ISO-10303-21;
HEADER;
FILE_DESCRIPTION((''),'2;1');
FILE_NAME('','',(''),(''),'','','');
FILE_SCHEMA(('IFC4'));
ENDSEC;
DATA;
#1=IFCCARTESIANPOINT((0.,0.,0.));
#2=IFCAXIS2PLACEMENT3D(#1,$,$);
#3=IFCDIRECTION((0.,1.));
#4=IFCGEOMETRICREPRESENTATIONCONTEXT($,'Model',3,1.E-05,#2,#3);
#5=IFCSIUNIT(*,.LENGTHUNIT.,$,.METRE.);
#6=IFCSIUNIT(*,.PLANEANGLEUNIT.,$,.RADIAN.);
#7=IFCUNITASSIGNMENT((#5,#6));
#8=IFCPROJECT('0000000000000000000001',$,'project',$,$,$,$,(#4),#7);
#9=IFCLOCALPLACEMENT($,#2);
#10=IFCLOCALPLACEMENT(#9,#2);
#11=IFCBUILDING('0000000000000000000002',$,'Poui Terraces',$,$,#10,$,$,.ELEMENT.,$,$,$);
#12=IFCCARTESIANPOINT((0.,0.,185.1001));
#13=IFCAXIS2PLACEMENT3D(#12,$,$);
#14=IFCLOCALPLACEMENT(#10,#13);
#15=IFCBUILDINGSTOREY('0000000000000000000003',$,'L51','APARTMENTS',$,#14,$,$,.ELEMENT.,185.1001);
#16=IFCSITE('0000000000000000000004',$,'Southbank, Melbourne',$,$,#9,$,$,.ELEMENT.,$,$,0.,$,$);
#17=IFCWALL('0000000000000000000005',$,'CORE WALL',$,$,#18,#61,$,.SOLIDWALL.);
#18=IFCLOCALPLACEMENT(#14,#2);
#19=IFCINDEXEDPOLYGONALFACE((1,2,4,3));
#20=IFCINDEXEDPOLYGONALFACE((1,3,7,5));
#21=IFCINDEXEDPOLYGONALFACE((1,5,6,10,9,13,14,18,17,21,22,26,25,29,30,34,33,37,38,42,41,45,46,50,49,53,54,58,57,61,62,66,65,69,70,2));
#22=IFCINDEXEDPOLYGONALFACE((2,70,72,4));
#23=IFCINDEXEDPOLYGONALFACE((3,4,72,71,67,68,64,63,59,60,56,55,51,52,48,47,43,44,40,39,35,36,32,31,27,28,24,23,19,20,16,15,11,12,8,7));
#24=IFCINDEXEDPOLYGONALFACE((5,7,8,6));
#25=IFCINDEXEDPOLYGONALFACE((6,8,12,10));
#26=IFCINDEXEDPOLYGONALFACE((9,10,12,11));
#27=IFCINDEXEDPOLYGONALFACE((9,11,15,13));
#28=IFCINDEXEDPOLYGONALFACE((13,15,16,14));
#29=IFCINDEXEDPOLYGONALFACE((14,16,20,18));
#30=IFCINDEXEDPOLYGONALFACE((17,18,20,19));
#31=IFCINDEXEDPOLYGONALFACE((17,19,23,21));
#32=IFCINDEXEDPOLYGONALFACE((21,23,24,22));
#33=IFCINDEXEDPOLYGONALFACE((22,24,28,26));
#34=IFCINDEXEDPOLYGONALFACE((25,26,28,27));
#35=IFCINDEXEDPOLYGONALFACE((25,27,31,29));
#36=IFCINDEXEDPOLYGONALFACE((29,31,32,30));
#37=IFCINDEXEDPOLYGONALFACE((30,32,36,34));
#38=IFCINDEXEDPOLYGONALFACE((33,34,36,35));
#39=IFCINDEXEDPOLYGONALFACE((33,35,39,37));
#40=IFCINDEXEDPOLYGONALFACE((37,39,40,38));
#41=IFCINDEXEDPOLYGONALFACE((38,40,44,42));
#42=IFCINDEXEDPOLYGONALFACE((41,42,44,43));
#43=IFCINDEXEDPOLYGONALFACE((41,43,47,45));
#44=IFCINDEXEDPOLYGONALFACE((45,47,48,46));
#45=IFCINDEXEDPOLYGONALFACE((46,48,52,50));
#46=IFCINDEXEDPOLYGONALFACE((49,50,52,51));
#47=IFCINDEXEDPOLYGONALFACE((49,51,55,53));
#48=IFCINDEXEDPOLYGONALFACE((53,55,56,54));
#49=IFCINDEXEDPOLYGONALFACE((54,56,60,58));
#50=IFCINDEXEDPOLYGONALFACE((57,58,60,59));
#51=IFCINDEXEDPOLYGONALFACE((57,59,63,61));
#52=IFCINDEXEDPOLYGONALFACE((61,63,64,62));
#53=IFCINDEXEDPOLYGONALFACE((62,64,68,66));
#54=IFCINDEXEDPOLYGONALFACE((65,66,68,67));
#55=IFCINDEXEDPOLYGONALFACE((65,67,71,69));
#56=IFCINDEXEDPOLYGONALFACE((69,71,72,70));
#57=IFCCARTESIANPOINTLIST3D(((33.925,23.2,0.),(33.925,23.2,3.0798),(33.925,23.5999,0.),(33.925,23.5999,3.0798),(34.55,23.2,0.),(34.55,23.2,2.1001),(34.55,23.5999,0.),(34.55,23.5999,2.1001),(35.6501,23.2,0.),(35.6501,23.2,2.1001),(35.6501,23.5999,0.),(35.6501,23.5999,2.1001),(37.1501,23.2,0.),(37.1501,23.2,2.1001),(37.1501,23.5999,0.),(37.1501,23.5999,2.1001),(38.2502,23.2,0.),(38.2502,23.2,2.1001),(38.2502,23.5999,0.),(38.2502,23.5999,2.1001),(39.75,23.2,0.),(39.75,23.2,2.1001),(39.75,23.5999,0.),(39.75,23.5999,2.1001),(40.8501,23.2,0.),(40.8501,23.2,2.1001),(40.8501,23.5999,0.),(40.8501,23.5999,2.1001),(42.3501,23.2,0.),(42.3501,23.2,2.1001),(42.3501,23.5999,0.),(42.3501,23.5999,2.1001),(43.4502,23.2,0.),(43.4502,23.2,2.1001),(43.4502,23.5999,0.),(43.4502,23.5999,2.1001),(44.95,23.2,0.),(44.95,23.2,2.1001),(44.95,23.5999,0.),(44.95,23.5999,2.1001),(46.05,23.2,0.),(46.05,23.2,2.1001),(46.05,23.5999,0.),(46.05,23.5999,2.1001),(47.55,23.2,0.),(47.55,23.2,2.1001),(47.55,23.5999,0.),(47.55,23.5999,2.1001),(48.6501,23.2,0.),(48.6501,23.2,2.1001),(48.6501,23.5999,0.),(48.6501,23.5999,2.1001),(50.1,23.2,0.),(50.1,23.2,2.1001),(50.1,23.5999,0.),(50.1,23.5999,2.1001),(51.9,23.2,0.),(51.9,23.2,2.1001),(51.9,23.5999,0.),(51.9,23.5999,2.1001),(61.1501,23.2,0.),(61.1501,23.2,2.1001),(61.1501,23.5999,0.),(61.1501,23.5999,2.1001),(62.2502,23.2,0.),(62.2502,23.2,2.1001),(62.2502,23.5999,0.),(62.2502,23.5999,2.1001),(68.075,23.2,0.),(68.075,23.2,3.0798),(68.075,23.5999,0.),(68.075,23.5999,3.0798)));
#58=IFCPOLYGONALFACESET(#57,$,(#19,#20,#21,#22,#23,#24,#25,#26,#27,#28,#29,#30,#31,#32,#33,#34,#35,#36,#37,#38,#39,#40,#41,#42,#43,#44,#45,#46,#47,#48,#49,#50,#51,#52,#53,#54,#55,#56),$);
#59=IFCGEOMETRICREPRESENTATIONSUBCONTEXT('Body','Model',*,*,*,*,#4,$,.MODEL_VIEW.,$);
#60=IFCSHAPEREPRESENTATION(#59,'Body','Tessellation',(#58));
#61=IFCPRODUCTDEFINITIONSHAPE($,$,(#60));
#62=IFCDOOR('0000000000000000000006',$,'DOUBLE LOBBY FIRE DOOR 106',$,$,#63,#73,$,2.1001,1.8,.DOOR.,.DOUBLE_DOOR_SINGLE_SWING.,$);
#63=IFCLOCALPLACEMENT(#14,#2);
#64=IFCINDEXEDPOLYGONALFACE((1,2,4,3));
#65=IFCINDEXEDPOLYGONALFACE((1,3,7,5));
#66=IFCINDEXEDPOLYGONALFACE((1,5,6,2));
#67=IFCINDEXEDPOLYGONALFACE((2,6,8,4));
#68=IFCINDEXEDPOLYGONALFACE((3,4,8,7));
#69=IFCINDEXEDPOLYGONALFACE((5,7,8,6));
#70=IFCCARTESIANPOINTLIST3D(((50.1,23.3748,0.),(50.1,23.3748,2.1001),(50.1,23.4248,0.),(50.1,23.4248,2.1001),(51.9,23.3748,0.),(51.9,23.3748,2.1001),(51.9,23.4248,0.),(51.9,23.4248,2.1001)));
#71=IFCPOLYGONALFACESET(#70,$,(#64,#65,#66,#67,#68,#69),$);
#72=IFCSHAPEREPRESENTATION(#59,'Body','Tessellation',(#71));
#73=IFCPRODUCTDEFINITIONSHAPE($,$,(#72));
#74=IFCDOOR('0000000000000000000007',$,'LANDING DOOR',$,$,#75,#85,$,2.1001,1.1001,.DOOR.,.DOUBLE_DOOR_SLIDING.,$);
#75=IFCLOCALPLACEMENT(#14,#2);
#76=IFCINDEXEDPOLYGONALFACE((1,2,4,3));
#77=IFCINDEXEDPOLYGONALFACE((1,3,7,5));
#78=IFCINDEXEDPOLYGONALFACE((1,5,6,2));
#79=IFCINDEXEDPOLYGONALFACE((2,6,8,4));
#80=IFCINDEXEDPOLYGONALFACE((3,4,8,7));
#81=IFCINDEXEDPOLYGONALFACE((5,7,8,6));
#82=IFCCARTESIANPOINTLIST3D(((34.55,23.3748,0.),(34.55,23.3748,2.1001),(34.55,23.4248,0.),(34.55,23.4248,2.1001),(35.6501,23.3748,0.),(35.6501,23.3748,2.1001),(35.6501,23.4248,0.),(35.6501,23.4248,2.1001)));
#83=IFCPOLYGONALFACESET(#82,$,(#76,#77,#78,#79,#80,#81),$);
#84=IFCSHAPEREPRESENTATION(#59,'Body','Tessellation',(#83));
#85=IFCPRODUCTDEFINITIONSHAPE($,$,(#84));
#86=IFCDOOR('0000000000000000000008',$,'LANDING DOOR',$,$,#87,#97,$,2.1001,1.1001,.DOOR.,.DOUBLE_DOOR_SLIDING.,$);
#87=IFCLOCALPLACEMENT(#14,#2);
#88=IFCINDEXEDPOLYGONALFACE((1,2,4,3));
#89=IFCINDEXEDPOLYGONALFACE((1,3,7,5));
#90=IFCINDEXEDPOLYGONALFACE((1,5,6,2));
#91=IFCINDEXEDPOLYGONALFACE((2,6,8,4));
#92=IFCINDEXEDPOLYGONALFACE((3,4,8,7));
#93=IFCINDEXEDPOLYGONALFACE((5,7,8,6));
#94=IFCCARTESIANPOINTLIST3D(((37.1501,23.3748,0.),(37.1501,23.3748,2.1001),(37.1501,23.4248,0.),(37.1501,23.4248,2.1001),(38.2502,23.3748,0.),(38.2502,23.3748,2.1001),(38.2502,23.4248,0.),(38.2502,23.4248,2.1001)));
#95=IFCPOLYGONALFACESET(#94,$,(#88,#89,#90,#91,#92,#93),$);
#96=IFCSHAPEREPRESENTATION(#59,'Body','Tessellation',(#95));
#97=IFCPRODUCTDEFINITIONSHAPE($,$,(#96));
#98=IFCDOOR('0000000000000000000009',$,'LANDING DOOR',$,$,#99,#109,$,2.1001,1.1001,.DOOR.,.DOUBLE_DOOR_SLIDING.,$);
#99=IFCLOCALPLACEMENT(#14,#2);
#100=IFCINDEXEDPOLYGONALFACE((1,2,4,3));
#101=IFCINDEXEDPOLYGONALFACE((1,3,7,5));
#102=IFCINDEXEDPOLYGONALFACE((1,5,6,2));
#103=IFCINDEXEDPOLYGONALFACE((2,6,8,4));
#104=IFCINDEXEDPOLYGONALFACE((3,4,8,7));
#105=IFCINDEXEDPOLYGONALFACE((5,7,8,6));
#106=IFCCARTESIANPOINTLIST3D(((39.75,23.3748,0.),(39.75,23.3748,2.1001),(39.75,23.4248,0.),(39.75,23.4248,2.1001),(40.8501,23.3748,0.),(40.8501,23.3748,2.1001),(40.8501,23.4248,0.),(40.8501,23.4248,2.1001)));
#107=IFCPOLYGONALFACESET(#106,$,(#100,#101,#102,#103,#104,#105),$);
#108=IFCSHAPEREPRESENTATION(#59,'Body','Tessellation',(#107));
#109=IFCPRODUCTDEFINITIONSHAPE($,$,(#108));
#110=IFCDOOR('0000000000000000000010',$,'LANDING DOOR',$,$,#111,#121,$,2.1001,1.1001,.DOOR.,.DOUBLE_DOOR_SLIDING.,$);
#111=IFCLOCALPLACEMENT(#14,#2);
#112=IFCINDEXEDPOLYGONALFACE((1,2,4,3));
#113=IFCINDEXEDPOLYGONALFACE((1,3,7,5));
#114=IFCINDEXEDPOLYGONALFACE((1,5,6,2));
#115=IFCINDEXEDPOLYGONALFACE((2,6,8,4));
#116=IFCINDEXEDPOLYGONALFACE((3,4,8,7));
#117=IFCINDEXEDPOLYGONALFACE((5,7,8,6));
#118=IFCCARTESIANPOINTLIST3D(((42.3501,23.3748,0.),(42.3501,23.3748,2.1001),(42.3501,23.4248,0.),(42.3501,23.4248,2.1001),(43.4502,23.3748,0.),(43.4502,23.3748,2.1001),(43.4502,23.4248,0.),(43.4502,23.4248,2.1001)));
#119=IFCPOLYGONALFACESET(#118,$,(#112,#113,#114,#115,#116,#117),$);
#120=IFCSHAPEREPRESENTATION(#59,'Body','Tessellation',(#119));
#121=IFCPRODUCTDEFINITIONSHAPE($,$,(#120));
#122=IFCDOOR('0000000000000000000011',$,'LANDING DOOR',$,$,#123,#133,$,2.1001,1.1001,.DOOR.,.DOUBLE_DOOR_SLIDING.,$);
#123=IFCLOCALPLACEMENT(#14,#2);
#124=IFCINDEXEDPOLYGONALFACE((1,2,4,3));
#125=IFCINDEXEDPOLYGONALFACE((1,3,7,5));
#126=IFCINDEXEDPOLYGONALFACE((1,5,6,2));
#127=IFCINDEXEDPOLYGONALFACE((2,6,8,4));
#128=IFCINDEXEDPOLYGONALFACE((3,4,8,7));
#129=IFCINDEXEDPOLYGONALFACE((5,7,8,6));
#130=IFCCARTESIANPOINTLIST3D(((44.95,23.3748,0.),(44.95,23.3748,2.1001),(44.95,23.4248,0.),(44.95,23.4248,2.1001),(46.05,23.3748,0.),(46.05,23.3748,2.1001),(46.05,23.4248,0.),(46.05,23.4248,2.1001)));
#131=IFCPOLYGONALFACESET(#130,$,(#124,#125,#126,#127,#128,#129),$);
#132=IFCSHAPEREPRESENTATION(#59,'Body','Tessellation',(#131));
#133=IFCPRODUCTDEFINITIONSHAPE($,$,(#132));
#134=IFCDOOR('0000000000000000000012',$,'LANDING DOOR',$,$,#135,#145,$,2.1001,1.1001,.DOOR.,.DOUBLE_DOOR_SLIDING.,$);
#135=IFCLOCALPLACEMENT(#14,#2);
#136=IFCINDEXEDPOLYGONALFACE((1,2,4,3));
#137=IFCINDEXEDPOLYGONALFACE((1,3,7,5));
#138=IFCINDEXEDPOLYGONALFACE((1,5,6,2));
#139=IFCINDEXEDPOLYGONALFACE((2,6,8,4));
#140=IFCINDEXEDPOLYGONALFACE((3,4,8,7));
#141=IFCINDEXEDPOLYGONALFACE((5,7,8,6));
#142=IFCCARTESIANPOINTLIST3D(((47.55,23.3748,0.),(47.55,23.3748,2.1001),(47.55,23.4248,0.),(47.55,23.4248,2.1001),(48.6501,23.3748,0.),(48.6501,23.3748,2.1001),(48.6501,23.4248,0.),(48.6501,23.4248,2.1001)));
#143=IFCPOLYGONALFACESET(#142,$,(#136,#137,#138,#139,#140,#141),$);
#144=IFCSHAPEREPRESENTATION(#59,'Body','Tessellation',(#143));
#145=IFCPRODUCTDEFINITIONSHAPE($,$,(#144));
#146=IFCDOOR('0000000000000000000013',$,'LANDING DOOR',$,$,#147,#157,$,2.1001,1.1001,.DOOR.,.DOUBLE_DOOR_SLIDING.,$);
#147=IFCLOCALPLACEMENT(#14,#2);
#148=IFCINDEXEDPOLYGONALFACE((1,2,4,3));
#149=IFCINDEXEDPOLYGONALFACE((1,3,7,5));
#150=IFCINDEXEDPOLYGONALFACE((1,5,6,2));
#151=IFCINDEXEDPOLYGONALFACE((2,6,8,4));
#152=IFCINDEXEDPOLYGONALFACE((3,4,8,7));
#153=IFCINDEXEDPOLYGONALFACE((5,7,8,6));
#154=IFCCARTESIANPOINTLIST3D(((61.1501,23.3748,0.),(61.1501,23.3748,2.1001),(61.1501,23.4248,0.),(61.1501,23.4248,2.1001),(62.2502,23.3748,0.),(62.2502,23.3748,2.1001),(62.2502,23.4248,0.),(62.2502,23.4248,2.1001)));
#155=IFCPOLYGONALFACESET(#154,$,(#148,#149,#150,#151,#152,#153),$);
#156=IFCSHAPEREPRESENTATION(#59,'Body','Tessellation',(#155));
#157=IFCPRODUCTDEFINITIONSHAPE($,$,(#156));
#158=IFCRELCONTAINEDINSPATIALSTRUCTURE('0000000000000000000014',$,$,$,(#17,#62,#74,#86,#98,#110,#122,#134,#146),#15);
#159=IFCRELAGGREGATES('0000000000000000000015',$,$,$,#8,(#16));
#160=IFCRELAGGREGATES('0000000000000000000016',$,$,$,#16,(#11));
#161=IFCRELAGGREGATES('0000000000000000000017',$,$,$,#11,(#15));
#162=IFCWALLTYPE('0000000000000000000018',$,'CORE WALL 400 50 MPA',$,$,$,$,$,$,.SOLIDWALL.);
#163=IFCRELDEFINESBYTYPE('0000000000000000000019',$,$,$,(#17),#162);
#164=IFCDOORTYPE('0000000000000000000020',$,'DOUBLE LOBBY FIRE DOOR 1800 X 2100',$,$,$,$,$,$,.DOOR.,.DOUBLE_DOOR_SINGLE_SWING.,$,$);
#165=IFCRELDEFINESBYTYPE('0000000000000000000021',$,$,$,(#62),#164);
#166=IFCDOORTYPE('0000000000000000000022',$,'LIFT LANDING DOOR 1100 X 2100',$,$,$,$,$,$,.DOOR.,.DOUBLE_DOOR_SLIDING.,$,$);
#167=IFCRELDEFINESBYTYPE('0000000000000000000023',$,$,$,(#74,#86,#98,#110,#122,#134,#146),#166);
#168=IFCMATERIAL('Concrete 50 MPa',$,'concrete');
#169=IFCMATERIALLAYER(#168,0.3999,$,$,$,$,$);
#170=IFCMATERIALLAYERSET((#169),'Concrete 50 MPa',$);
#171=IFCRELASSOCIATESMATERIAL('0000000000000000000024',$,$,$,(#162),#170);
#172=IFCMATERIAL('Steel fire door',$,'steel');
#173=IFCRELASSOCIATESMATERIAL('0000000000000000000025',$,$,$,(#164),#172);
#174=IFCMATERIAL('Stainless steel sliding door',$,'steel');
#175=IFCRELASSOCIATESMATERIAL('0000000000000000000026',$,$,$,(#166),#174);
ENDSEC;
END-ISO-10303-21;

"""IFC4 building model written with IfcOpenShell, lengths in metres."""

from ifc_helpers import new_model, si_unit, direction, frame, frame_2d, origin, place, context, subcontext, project, spatial, rectangle, extrude, material, layer, layer_set, type_object, element, fill, save


model = new_model("IFC4")

# Units and contexts
model_context = context("Model", 3, precision=1e-05, world=origin(), true_north=direction((0.0, 1.0)))
body_context = subcontext(model_context, "Body", "Model", "MODEL_VIEW")
ifc_project = project(units=[si_unit("LENGTHUNIT", "METRE"), si_unit("PLANEANGLEUNIT", "RADIAN")], contexts=[model_context])

# Site, building, storey
site_placement = place(None, origin())
site = spatial("IfcSite", under=ifc_project, at=site_placement, Name="Southbank, Melbourne", CompositionType="ELEMENT", RefElevation=0.0)
building_placement = place(site_placement, origin())
building = spatial("IfcBuilding", under=site, at=building_placement, Name="Poui Terraces", CompositionType="ELEMENT")
storey_placement = place(building_placement, frame((0.0, 0.0, 185.1001)))
storey = spatial("IfcBuildingStorey", under=building, at=storey_placement, Name="L51", Description="APARTMENTS", CompositionType="ELEMENT", Elevation=185.1001)

# Shared definitions
ifc_material_1 = material(Name="Concrete 50 MPa", Category="concrete")

# Wall, openings, doors
ifc_layer_1 = layer(ifc_material_1, 0.3999)
ifc_layer_set_1 = layer_set([ifc_layer_1], Name="Concrete 50 MPa")
wall_type_1 = type_object("IfcWallType", Name="CORE WALL 400 50 MPA", PredefinedType="SOLIDWALL", material=ifc_layer_set_1)
ifc_material_2 = material(Name="Steel fire door", Category="steel")
door_type_1 = type_object("IfcDoorType", Name="DOUBLE LOBBY FIRE DOOR 1800 X 2100", OperationType="DOUBLE_DOOR_SINGLE_SWING", PredefinedType="DOOR", material=ifc_material_2)
wall_1_placement = place(storey_placement, frame((33.925, 23.3999, 0.0), z_axis=(0.0, 0.0, 1.0), x_axis=(1.0, 0.0, 0.0)))
wall_1 = element("IfcWall", 1, at=wall_1_placement, inside=storey, type_object=wall_type_1, Name="CORE WALL", PredefinedType="SOLIDWALL", context=body_context, shape_type="SweptSolid", body=[
    extrude(rectangle(XDim=34.1499, YDim=0.3999, at=frame_2d((17.075, 0.0))), origin(), (0.0, 0.0, 1.0), 3.0798),
])
opening_1_placement = place(wall_1_placement, frame((16.175, 0.0, 0.0)))
opening_1 = element("IfcOpeningElement", 2, at=opening_1_placement, cuts=wall_1, PredefinedType="OPENING", context=body_context, shape_type="SweptSolid", body=[
    extrude(rectangle(XDim=1.8, YDim=2.1001, at=frame_2d((0.8999, 1.05))), frame((0.0, 0.21, 0.0), z_axis=(0.0, -1.0, 0.0), x_axis=(1.0, 0.0, 0.0)), (0.0, 0.0, 1.0), 0.4199),
])
opening_2_placement = place(wall_1_placement, frame((0.625, 0.0, 0.0)))
opening_2 = element("IfcOpeningElement", 3, at=opening_2_placement, cuts=wall_1, PredefinedType="OPENING", context=body_context, shape_type="SweptSolid", body=[
    extrude(rectangle(XDim=1.1001, YDim=2.1001, at=frame_2d((0.55, 1.05))), frame((0.0, 0.21, 0.0), z_axis=(0.0, -1.0, 0.0), x_axis=(1.0, 0.0, 0.0)), (0.0, 0.0, 1.0), 0.4199),
])
opening_3_placement = place(wall_1_placement, frame((3.2251, 0.0, 0.0)))
opening_3 = element("IfcOpeningElement", 4, at=opening_3_placement, cuts=wall_1, PredefinedType="OPENING", context=body_context, shape_type="SweptSolid", body=[
    extrude(rectangle(XDim=1.1001, YDim=2.1001, at=frame_2d((0.55, 1.05))), frame((0.0, 0.21, 0.0), z_axis=(0.0, -1.0, 0.0), x_axis=(1.0, 0.0, 0.0)), (0.0, 0.0, 1.0), 0.4199),
])
opening_4_placement = place(wall_1_placement, frame((5.825, 0.0, 0.0)))
opening_4 = element("IfcOpeningElement", 5, at=opening_4_placement, cuts=wall_1, PredefinedType="OPENING", context=body_context, shape_type="SweptSolid", body=[
    extrude(rectangle(XDim=1.1001, YDim=2.1001, at=frame_2d((0.55, 1.05))), frame((0.0, 0.21, 0.0), z_axis=(0.0, -1.0, 0.0), x_axis=(1.0, 0.0, 0.0)), (0.0, 0.0, 1.0), 0.4199),
])
opening_5_placement = place(wall_1_placement, frame((8.425, 0.0, 0.0)))
opening_5 = element("IfcOpeningElement", 6, at=opening_5_placement, cuts=wall_1, PredefinedType="OPENING", context=body_context, shape_type="SweptSolid", body=[
    extrude(rectangle(XDim=1.1001, YDim=2.1001, at=frame_2d((0.55, 1.05))), frame((0.0, 0.21, 0.0), z_axis=(0.0, -1.0, 0.0), x_axis=(1.0, 0.0, 0.0)), (0.0, 0.0, 1.0), 0.4199),
])
opening_6_placement = place(wall_1_placement, frame((11.0249, 0.0, 0.0)))
opening_6 = element("IfcOpeningElement", 7, at=opening_6_placement, cuts=wall_1, PredefinedType="OPENING", context=body_context, shape_type="SweptSolid", body=[
    extrude(rectangle(XDim=1.1001, YDim=2.1001, at=frame_2d((0.55, 1.05))), frame((0.0, 0.21, 0.0), z_axis=(0.0, -1.0, 0.0), x_axis=(1.0, 0.0, 0.0)), (0.0, 0.0, 1.0), 0.4199),
])
opening_7_placement = place(wall_1_placement, frame((13.625, 0.0, 0.0)))
opening_7 = element("IfcOpeningElement", 8, at=opening_7_placement, cuts=wall_1, PredefinedType="OPENING", context=body_context, shape_type="SweptSolid", body=[
    extrude(rectangle(XDim=1.1001, YDim=2.1001, at=frame_2d((0.55, 1.05))), frame((0.0, 0.21, 0.0), z_axis=(0.0, -1.0, 0.0), x_axis=(1.0, 0.0, 0.0)), (0.0, 0.0, 1.0), 0.4199),
])
opening_8_placement = place(wall_1_placement, frame((27.2251, 0.0, 0.0)))
opening_8 = element("IfcOpeningElement", 9, at=opening_8_placement, cuts=wall_1, PredefinedType="OPENING", context=body_context, shape_type="SweptSolid", body=[
    extrude(rectangle(XDim=1.1001, YDim=2.1001, at=frame_2d((0.55, 1.05))), frame((0.0, 0.21, 0.0), z_axis=(0.0, -1.0, 0.0), x_axis=(1.0, 0.0, 0.0)), (0.0, 0.0, 1.0), 0.4199),
])
door_1_placement = place(opening_1_placement, origin())
door_1 = element("IfcDoor", 10, at=door_1_placement, inside=storey, type_object=door_type_1, Name="DOUBLE LOBBY FIRE DOOR 106", OperationType="DOUBLE_DOOR_SINGLE_SWING", OverallHeight=2.1001, OverallWidth=1.8, PredefinedType="DOOR", context=body_context, shape_type="SweptSolid", body=[
    extrude(rectangle(XDim=1.8, YDim=2.1001, at=frame_2d((0.8999, 1.05))), frame((0.0, 0.0249, 0.0), z_axis=(0.0, -1.0, 0.0), x_axis=(1.0, 0.0, 0.0)), (0.0, 0.0, 1.0), 0.05),
])
fill(opening_1, door_1)
ifc_material_3 = material(Name="Stainless steel sliding door", Category="steel")
door_type_2 = type_object("IfcDoorType", Name="LIFT LANDING DOOR 1100 X 2100", OperationType="DOUBLE_DOOR_SLIDING", PredefinedType="DOOR", material=ifc_material_3)
door_2_placement = place(opening_2_placement, origin())
door_2 = element("IfcDoor", 11, at=door_2_placement, inside=storey, type_object=door_type_2, Name="LANDING DOOR", OperationType="DOUBLE_DOOR_SLIDING", OverallHeight=2.1001, OverallWidth=1.1001, PredefinedType="DOOR", context=body_context, shape_type="SweptSolid", body=[
    extrude(rectangle(XDim=1.1001, YDim=2.1001, at=frame_2d((0.55, 1.05))), frame((0.0, 0.0249, 0.0), z_axis=(0.0, -1.0, 0.0), x_axis=(1.0, 0.0, 0.0)), (0.0, 0.0, 1.0), 0.05),
])
fill(opening_2, door_2)
door_3_placement = place(opening_3_placement, origin())
door_3 = element("IfcDoor", 12, at=door_3_placement, inside=storey, type_object=door_type_2, Name="LANDING DOOR", OperationType="DOUBLE_DOOR_SLIDING", OverallHeight=2.1001, OverallWidth=1.1001, PredefinedType="DOOR", context=body_context, shape_type="SweptSolid", body=[
    extrude(rectangle(XDim=1.1001, YDim=2.1001, at=frame_2d((0.55, 1.05))), frame((0.0, 0.0249, 0.0), z_axis=(0.0, -1.0, 0.0), x_axis=(1.0, 0.0, 0.0)), (0.0, 0.0, 1.0), 0.05),
])
fill(opening_3, door_3)
door_4_placement = place(opening_4_placement, origin())
door_4 = element("IfcDoor", 13, at=door_4_placement, inside=storey, type_object=door_type_2, Name="LANDING DOOR", OperationType="DOUBLE_DOOR_SLIDING", OverallHeight=2.1001, OverallWidth=1.1001, PredefinedType="DOOR", context=body_context, shape_type="SweptSolid", body=[
    extrude(rectangle(XDim=1.1001, YDim=2.1001, at=frame_2d((0.55, 1.05))), frame((0.0, 0.0249, 0.0), z_axis=(0.0, -1.0, 0.0), x_axis=(1.0, 0.0, 0.0)), (0.0, 0.0, 1.0), 0.05),
])
fill(opening_4, door_4)
door_5_placement = place(opening_5_placement, origin())
door_5 = element("IfcDoor", 14, at=door_5_placement, inside=storey, type_object=door_type_2, Name="LANDING DOOR", OperationType="DOUBLE_DOOR_SLIDING", OverallHeight=2.1001, OverallWidth=1.1001, PredefinedType="DOOR", context=body_context, shape_type="SweptSolid", body=[
    extrude(rectangle(XDim=1.1001, YDim=2.1001, at=frame_2d((0.55, 1.05))), frame((0.0, 0.0249, 0.0), z_axis=(0.0, -1.0, 0.0), x_axis=(1.0, 0.0, 0.0)), (0.0, 0.0, 1.0), 0.05),
])
fill(opening_5, door_5)
door_6_placement = place(opening_6_placement, origin())
door_6 = element("IfcDoor", 15, at=door_6_placement, inside=storey, type_object=door_type_2, Name="LANDING DOOR", OperationType="DOUBLE_DOOR_SLIDING", OverallHeight=2.1001, OverallWidth=1.1001, PredefinedType="DOOR", context=body_context, shape_type="SweptSolid", body=[
    extrude(rectangle(XDim=1.1001, YDim=2.1001, at=frame_2d((0.55, 1.05))), frame((0.0, 0.0249, 0.0), z_axis=(0.0, -1.0, 0.0), x_axis=(1.0, 0.0, 0.0)), (0.0, 0.0, 1.0), 0.05),
])
fill(opening_6, door_6)
door_7_placement = place(opening_7_placement, origin())
door_7 = element("IfcDoor", 16, at=door_7_placement, inside=storey, type_object=door_type_2, Name="LANDING DOOR", OperationType="DOUBLE_DOOR_SLIDING", OverallHeight=2.1001, OverallWidth=1.1001, PredefinedType="DOOR", context=body_context, shape_type="SweptSolid", body=[
    extrude(rectangle(XDim=1.1001, YDim=2.1001, at=frame_2d((0.55, 1.05))), frame((0.0, 0.0249, 0.0), z_axis=(0.0, -1.0, 0.0), x_axis=(1.0, 0.0, 0.0)), (0.0, 0.0, 1.0), 0.05),
])
fill(opening_7, door_7)
door_8_placement = place(opening_8_placement, origin())
door_8 = element("IfcDoor", 17, at=door_8_placement, inside=storey, type_object=door_type_2, Name="LANDING DOOR", OperationType="DOUBLE_DOOR_SLIDING", OverallHeight=2.1001, OverallWidth=1.1001, PredefinedType="DOOR", context=body_context, shape_type="SweptSolid", body=[
    extrude(rectangle(XDim=1.1001, YDim=2.1001, at=frame_2d((0.55, 1.05))), frame((0.0, 0.0249, 0.0), z_axis=(0.0, -1.0, 0.0), x_axis=(1.0, 0.0, 0.0)), (0.0, 0.0, 1.0), 0.05),
])
fill(opening_8, door_8)

save(model, "model.ifc")
